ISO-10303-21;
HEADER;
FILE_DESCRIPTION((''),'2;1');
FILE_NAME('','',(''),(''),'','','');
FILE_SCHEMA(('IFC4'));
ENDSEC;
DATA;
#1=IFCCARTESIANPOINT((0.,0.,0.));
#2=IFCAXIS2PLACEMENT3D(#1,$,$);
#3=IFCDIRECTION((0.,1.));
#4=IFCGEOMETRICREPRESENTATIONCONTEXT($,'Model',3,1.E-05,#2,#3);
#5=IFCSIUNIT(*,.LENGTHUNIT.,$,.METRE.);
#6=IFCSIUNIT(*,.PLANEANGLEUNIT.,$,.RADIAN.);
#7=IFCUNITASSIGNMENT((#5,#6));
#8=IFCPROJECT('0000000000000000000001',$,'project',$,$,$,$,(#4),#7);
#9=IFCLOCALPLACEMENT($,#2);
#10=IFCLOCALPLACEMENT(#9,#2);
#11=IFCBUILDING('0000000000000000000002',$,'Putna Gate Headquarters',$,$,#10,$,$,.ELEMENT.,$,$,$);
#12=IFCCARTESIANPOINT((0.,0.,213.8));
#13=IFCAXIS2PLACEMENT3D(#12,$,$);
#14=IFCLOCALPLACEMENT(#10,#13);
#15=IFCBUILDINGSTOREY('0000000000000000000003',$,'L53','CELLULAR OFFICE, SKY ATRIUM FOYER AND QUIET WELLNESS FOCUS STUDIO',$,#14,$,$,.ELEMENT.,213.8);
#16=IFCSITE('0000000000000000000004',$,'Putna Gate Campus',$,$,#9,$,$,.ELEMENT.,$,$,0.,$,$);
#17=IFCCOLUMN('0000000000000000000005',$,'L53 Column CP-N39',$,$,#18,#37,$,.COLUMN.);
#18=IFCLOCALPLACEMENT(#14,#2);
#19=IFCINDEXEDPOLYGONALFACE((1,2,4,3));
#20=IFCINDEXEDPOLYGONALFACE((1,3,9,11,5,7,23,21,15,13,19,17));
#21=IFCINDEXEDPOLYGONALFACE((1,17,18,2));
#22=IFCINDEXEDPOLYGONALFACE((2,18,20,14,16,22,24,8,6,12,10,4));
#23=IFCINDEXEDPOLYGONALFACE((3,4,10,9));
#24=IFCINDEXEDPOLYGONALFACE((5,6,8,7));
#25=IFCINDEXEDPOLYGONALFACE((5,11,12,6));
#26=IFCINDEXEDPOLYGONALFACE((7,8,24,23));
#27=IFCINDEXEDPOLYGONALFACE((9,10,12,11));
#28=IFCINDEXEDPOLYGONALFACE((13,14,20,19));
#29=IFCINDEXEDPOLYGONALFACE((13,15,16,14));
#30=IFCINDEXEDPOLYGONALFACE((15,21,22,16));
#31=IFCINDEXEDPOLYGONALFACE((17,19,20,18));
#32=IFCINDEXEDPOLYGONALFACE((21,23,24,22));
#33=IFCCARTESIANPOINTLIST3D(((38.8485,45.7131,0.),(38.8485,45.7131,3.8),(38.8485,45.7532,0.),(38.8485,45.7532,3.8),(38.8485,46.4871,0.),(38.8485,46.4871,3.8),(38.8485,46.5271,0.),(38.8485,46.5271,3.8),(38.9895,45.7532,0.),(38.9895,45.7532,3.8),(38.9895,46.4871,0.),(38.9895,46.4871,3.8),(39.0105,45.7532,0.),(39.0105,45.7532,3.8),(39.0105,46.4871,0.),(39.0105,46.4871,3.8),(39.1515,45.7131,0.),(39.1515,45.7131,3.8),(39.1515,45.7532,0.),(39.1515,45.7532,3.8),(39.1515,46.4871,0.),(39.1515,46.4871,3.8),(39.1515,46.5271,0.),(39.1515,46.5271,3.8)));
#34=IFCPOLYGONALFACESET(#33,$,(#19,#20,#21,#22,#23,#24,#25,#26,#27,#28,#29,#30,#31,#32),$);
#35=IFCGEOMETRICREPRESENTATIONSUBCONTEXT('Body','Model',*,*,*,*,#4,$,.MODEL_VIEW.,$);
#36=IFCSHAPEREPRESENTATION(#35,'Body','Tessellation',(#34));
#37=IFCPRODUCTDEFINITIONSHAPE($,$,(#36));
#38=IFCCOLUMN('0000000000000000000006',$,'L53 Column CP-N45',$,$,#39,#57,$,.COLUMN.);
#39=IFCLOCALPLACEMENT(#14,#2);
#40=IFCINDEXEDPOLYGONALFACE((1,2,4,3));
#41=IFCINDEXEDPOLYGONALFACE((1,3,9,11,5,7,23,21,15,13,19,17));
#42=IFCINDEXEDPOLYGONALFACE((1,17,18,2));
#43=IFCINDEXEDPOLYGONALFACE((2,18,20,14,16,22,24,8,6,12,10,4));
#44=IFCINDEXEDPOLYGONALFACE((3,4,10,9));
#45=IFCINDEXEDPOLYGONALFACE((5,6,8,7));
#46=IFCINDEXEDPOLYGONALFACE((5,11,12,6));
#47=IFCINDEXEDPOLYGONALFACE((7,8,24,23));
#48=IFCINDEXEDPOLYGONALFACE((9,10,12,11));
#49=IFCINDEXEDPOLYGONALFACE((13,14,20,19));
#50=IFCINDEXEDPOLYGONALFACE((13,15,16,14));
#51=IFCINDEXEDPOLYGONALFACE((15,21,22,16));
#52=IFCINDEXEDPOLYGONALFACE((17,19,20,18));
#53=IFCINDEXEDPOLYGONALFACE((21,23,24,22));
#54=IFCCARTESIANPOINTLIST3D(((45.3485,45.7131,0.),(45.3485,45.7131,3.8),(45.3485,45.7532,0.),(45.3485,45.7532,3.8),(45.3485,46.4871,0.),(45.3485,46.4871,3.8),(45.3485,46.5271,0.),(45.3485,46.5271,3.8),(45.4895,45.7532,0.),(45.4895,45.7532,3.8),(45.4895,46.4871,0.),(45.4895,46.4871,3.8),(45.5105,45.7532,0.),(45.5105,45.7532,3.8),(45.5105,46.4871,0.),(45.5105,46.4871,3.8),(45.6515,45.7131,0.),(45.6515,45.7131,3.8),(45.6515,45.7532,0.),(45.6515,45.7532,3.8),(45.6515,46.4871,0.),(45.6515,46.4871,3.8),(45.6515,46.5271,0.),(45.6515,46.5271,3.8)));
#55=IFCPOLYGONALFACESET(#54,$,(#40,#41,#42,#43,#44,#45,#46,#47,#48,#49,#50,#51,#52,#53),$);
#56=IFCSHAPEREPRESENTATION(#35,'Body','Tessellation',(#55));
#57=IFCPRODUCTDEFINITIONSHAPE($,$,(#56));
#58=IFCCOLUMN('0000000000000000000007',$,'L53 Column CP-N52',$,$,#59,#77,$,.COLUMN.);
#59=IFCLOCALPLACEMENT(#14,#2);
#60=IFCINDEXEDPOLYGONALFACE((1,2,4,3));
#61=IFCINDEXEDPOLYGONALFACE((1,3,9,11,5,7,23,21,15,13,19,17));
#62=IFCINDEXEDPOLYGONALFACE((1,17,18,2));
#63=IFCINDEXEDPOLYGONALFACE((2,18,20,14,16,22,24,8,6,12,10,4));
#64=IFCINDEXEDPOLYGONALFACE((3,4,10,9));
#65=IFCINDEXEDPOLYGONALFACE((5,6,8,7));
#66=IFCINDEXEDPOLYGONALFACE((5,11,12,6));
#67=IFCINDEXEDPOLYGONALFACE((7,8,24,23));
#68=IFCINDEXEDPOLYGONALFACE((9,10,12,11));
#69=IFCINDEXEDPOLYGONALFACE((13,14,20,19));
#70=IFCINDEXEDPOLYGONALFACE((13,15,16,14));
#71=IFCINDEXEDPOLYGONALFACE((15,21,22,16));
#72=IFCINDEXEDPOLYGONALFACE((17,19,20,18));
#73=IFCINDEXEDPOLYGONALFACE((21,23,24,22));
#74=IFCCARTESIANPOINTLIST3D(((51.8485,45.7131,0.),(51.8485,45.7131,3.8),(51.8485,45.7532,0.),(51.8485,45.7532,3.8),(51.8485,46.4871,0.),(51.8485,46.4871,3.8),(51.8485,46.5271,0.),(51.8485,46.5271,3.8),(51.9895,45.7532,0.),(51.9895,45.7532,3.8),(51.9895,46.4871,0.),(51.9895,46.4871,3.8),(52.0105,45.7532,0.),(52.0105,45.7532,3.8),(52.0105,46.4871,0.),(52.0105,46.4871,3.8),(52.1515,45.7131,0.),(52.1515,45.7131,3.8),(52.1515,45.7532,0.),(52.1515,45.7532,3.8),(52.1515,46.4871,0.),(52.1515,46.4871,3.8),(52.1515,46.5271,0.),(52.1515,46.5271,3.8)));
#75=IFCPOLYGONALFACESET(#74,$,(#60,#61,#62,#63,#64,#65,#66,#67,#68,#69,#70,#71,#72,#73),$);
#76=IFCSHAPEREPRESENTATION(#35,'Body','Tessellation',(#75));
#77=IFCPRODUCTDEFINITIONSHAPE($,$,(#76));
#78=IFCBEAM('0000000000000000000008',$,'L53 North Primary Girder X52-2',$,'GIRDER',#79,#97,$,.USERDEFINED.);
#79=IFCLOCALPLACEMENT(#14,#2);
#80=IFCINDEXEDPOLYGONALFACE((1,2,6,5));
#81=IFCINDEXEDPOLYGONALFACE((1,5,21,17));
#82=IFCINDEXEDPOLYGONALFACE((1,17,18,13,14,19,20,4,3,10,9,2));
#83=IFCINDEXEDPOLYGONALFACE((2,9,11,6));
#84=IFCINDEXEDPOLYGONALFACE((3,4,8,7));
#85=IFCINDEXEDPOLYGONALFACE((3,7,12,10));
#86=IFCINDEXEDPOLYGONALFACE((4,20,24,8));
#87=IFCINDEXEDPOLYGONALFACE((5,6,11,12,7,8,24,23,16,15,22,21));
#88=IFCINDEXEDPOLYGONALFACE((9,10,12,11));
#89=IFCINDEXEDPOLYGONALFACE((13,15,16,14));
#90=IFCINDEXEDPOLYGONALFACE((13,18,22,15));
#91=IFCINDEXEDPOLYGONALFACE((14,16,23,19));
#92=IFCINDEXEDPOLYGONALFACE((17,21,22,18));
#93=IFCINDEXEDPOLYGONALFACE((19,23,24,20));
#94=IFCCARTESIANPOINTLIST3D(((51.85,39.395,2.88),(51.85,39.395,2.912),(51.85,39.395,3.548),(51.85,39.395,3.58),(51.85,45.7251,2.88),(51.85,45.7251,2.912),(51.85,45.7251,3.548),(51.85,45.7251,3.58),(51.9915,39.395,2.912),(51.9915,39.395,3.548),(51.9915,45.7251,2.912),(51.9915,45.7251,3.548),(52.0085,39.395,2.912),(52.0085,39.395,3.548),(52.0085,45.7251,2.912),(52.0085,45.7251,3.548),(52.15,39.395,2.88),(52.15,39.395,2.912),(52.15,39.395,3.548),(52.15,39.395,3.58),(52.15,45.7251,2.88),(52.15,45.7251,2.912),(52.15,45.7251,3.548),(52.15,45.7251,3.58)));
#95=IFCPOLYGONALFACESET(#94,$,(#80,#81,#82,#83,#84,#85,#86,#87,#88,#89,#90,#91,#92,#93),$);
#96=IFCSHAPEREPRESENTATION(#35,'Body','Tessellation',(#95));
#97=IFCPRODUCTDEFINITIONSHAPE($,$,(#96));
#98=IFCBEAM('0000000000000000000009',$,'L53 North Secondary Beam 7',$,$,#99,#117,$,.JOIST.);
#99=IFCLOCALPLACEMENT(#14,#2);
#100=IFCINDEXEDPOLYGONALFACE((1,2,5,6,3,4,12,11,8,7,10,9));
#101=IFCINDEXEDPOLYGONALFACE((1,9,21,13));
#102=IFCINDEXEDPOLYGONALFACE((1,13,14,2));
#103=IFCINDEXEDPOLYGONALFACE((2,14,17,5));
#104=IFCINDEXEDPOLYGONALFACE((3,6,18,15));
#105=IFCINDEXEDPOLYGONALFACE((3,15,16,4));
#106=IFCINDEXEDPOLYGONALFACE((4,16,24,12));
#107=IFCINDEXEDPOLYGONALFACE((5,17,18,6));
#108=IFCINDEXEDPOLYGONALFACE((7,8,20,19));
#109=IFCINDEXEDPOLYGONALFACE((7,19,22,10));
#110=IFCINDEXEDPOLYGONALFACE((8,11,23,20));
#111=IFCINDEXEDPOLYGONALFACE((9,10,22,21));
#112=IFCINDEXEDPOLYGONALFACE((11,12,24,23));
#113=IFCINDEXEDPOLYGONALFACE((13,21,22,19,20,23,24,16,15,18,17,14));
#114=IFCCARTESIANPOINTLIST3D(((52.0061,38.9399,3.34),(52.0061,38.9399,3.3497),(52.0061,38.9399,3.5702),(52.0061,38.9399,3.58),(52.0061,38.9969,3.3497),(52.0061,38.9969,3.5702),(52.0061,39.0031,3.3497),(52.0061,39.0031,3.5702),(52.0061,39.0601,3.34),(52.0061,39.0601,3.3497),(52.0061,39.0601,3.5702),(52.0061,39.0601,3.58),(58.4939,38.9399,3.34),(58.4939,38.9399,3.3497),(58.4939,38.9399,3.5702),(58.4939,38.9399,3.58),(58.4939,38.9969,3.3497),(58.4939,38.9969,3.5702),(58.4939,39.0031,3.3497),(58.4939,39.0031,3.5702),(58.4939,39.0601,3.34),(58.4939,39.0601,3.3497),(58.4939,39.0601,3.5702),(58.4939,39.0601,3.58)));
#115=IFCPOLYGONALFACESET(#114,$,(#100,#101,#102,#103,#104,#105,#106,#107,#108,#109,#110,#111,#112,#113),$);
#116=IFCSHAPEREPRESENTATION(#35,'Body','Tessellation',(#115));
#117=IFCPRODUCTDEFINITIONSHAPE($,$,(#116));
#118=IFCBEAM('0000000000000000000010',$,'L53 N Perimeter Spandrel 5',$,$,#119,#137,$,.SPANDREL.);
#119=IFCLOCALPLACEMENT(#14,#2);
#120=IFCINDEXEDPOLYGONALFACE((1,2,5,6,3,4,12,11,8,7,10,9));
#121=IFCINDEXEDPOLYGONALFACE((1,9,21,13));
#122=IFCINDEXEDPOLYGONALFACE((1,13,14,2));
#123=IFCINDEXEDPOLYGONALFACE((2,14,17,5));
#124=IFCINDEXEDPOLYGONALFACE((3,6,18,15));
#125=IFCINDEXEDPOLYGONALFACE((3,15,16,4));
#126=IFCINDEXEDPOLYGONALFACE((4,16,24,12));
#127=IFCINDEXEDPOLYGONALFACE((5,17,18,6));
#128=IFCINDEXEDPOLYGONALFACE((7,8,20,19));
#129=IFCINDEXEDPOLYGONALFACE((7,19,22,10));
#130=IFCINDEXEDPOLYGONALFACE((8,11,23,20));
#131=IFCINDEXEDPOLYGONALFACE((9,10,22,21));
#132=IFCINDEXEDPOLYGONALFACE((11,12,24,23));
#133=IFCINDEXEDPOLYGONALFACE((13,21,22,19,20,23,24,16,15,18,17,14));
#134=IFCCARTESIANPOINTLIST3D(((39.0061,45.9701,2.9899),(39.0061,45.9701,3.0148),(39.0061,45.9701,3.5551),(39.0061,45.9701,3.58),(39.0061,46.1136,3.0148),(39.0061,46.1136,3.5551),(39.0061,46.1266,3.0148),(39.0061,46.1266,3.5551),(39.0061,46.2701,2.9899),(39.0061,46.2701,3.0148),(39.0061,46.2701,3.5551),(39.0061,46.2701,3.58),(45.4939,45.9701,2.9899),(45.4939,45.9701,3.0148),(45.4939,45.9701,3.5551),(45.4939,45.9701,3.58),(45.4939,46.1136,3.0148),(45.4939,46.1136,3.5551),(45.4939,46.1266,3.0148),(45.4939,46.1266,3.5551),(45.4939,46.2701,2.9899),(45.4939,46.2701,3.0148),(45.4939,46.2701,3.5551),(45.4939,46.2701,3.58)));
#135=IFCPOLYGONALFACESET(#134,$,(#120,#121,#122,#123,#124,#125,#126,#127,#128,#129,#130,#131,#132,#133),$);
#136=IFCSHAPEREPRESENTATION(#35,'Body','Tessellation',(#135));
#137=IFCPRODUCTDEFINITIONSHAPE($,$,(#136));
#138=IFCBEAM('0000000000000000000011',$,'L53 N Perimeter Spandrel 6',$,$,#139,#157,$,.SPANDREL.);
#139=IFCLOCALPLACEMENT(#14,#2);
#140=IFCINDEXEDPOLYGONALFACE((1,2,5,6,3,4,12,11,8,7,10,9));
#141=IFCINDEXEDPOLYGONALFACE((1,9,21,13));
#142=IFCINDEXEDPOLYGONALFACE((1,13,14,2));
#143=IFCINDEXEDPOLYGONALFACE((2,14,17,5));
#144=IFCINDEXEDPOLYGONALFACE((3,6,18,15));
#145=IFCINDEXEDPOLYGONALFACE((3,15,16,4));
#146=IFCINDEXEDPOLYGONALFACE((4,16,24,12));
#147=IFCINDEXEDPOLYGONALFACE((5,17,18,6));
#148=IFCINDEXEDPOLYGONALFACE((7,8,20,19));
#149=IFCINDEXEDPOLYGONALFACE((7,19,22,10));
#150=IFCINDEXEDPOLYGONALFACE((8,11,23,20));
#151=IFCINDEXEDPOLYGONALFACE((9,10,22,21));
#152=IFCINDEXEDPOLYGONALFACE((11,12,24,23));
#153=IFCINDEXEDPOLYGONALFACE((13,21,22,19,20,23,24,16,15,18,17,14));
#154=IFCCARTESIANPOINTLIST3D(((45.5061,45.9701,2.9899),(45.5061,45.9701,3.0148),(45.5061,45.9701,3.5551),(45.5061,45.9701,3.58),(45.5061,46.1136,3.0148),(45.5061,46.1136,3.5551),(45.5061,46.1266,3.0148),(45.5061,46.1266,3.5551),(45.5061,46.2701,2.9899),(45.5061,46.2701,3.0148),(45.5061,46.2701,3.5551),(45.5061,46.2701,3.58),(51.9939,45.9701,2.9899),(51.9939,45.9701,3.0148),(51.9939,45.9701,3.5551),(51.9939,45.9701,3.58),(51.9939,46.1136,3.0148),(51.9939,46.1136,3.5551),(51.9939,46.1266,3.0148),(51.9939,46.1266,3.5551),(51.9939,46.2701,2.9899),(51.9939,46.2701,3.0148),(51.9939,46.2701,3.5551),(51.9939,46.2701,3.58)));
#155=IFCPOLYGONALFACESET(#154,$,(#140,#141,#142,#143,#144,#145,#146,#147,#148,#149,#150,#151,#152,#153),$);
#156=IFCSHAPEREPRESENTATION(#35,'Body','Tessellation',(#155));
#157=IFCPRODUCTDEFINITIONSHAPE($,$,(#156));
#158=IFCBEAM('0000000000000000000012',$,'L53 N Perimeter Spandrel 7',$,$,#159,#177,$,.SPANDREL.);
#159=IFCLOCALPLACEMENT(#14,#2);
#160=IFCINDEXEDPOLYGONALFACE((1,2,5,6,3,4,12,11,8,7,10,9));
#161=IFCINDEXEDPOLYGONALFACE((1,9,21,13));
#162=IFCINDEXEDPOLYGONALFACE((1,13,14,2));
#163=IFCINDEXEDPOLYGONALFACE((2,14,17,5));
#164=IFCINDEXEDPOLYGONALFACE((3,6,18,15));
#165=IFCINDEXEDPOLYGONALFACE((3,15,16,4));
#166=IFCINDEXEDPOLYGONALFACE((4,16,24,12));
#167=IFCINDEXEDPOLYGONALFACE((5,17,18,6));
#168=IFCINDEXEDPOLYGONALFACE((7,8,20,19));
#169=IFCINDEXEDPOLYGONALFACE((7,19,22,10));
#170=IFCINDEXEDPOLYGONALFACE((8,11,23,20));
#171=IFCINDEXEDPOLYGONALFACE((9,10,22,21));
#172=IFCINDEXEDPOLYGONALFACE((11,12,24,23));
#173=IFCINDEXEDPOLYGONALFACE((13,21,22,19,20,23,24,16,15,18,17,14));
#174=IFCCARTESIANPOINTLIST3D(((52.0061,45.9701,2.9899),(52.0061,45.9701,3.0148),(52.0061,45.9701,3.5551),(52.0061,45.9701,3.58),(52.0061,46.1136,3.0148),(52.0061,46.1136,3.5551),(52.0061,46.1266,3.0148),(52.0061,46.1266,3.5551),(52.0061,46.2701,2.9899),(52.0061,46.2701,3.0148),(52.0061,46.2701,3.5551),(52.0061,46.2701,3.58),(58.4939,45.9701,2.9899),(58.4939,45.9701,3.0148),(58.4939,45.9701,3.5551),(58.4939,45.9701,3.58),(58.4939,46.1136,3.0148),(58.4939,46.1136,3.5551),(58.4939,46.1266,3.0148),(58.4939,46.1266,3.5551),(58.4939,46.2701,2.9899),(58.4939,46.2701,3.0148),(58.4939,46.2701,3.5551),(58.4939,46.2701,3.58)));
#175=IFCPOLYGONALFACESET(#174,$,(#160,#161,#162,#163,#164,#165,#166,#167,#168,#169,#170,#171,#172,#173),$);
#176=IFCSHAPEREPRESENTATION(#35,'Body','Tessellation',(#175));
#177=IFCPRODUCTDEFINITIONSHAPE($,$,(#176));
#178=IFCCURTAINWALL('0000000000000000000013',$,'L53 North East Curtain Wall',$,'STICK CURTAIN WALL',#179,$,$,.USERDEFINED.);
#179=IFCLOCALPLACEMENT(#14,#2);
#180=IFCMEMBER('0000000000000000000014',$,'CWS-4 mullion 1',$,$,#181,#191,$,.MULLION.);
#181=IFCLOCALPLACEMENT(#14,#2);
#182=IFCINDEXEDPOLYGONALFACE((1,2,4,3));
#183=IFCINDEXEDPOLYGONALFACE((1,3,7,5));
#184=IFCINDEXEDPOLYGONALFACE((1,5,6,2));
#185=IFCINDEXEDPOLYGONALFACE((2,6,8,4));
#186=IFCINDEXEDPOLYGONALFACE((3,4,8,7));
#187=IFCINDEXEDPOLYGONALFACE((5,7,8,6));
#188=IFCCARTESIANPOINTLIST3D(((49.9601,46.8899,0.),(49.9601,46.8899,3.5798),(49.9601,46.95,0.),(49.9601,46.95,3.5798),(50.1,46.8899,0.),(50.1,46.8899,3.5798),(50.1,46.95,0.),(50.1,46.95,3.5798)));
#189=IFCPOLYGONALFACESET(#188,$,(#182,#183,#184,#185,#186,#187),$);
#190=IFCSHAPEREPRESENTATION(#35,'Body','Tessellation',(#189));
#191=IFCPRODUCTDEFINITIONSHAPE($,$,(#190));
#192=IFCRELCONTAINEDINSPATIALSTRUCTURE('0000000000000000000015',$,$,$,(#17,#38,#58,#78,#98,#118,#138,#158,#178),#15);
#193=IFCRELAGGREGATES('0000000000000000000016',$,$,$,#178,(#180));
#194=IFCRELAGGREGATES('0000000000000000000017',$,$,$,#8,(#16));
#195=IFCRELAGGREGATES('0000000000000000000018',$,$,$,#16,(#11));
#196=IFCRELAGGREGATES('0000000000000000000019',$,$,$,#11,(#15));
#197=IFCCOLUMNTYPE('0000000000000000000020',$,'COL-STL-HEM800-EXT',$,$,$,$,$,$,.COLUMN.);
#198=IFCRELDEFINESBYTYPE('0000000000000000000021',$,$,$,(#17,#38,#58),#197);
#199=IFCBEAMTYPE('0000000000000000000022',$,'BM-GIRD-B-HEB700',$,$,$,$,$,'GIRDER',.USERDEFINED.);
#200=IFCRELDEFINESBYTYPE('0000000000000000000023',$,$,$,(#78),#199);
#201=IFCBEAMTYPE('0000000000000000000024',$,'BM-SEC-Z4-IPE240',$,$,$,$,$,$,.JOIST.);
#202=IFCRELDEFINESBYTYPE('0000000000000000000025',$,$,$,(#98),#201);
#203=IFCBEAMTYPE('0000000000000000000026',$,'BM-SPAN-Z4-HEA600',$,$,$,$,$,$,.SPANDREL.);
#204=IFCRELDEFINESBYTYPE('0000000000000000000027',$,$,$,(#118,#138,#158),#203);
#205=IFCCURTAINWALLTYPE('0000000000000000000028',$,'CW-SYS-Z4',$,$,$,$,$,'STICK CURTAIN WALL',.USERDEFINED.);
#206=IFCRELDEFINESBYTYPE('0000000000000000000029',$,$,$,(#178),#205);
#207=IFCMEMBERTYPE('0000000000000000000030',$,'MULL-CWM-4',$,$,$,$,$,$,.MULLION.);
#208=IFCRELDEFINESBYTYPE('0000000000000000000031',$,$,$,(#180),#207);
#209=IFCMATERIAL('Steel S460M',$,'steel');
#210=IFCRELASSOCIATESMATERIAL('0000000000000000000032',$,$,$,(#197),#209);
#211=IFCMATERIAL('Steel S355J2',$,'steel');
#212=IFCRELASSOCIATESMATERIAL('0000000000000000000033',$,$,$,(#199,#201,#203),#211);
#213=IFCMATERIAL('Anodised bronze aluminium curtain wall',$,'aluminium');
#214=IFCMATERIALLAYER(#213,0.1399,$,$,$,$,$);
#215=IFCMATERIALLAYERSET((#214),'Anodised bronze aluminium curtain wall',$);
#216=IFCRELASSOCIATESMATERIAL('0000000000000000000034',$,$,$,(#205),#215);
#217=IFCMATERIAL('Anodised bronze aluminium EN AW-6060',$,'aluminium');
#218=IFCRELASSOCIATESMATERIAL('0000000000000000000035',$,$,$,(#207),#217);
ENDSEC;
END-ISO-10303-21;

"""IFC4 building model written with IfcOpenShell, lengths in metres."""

from ifc_helpers import new_model, si_unit, direction, frame, origin, origin_2d, place, context, subcontext, project, spatial, rectangle, i_section, extrude, material, layer, layer_set, material_profile, profile_set, type_object, element, aggregate, save


model = new_model("IFC4")

# Units and contexts
model_context = context("Model", 3, precision=1e-05, world=origin(), true_north=direction((0.0, 1.0)))
body_context = subcontext(model_context, "Body", "Model", "MODEL_VIEW")
ifc_project = project(units=[si_unit("LENGTHUNIT", "METRE"), si_unit("PLANEANGLEUNIT", "RADIAN")], contexts=[model_context])

# Site, building, storey
site_placement = place(None, origin())
site = spatial("IfcSite", under=ifc_project, at=site_placement, Name="Putna Gate Campus", CompositionType="ELEMENT", RefElevation=0.0)
building_placement = place(site_placement, origin())
building = spatial("IfcBuilding", under=site, at=building_placement, Name="Putna Gate Headquarters", CompositionType="ELEMENT")
storey_placement = place(building_placement, frame((0.0, 0.0, 213.8)))
storey = spatial("IfcBuildingStorey", under=building, at=storey_placement, Name="L53", Description="CELLULAR OFFICE, SKY ATRIUM FOYER AND QUIET WELLNESS FOCUS STUDIO", CompositionType="ELEMENT", Elevation=213.8)

# Columns
ifc_material_1 = material(Name="Steel S460M", Category="steel")
ifc_material_profile_1 = material_profile(ifc_material_1, i_section(OverallWidth=0.303, OverallDepth=0.814, WebThickness=0.021, FlangeThickness=0.04, at=origin_2d()), Name="Steel S460M")
ifc_profile_set_1 = profile_set([ifc_material_profile_1], Name="Steel S460M")
column_type = type_object("IfcColumnType", Name="COL-STL-HEM800-EXT", PredefinedType="COLUMN", material=ifc_profile_set_1)
for number, where, z_axis, x_axis, name in (
    (1, (39.0, 46.1201, 0.0), (0.0, 0.0, 1.0), (1.0, 0.0, 0.0), "L53 Column CP-N39"),
    (2, (45.5, 46.1201, 0.0), (0.0, 0.0, 1.0), (1.0, 0.0, 0.0), "L53 Column CP-N45"),
    (3, (52.0, 46.1201, 0.0), (0.0, 0.0, 1.0), (1.0, 0.0, 0.0), "L53 Column CP-N52"),
):
    element("IfcColumn", number, at=place(storey_placement, frame(where, z_axis=z_axis, x_axis=x_axis)), inside=storey, type_object=column_type, Name=name, PredefinedType="COLUMN", context=body_context, shape_type="SweptSolid", body=[
        extrude(i_section(OverallWidth=0.303, OverallDepth=0.814, WebThickness=0.021, FlangeThickness=0.04, at=origin_2d()), origin(), (0.0, 0.0, 1.0), 3.8),
    ])

# Beams
ifc_material_2 = material(Name="Steel S355J2", Category="steel")
ifc_material_profile_2 = material_profile(ifc_material_2, i_section(OverallWidth=0.3, OverallDepth=0.7, WebThickness=0.0171, FlangeThickness=0.032, at=origin_2d()), Name="Steel S355J2")
ifc_profile_set_2 = profile_set([ifc_material_profile_2], Name="Steel S355J2")
beam_type_1 = type_object("IfcBeamType", Name="BM-GIRD-B-HEB700", ElementType="GIRDER", PredefinedType="USERDEFINED", material=ifc_profile_set_2)
beam_1_placement = place(storey_placement, frame((52.0, 39.395, 3.23), z_axis=(0.0, 1.0, 0.0), x_axis=(-1.0, 0.0, 0.0)))
element("IfcBeam", 4, at=beam_1_placement, inside=storey, type_object=beam_type_1, Name="L53 North Primary Girder X52-2", ObjectType="GIRDER", PredefinedType="USERDEFINED", context=body_context, shape_type="SweptSolid", body=[
    extrude(i_section(OverallWidth=0.3, OverallDepth=0.7, WebThickness=0.0171, FlangeThickness=0.032, at=origin_2d()), origin(), (0.0, 0.0, 1.0), 6.3301),
])
ifc_material_profile_3 = material_profile(ifc_material_2, i_section(OverallWidth=0.1201, OverallDepth=0.24, WebThickness=0.0061, FlangeThickness=0.0098, at=origin_2d()), Name="Steel S355J2")
ifc_profile_set_3 = profile_set([ifc_material_profile_3], Name="Steel S355J2")
beam_type_2 = type_object("IfcBeamType", Name="BM-SEC-Z4-IPE240", PredefinedType="JOIST", material=ifc_profile_set_3)
beam_2_placement = place(storey_placement, frame((52.0061, 39.0, 3.46), z_axis=(1.0, 0.0, 0.0), x_axis=(0.0, 1.0, 0.0)))
element("IfcBeam", 5, at=beam_2_placement, inside=storey, type_object=beam_type_2, Name="L53 North Secondary Beam 7", PredefinedType="JOIST", context=body_context, shape_type="SweptSolid", body=[
    extrude(i_section(OverallWidth=0.1201, OverallDepth=0.24, WebThickness=0.0061, FlangeThickness=0.0098, at=origin_2d()), origin(), (0.0, 0.0, 1.0), 6.4878),
])
ifc_material_profile_4 = material_profile(ifc_material_2, i_section(OverallWidth=0.3, OverallDepth=0.5901, WebThickness=0.0129, FlangeThickness=0.0249, at=origin_2d()), Name="Steel S355J2")
ifc_profile_set_4 = profile_set([ifc_material_profile_4], Name="Steel S355J2")
beam_type_3 = type_object("IfcBeamType", Name="BM-SPAN-Z4-HEA600", PredefinedType="SPANDREL", material=ifc_profile_set_4)
for number, where, z_axis, x_axis, name in (
    (6, (39.0061, 46.1201, 3.2849), (1.0, 0.0, 0.0), (0.0, 1.0, 0.0), "L53 N Perimeter Spandrel 5"),
    (7, (45.5061, 46.1201, 3.2849), (1.0, 0.0, 0.0), (0.0, 1.0, 0.0), "L53 N Perimeter Spandrel 6"),
    (8, (52.0061, 46.1201, 3.2849), (1.0, 0.0, 0.0), (0.0, 1.0, 0.0), "L53 N Perimeter Spandrel 7"),
):
    element("IfcBeam", number, at=place(storey_placement, frame(where, z_axis=z_axis, x_axis=x_axis)), inside=storey, type_object=beam_type_3, Name=name, PredefinedType="SPANDREL", context=body_context, shape_type="SweptSolid", body=[
        extrude(i_section(OverallWidth=0.3, OverallDepth=0.5901, WebThickness=0.0129, FlangeThickness=0.0249, at=origin_2d()), origin(), (0.0, 0.0, 1.0), 6.4878),
    ])

# Curtain wall, member
ifc_material_3 = material(Name="Anodised bronze aluminium curtain wall", Category="aluminium")
ifc_layer_1 = layer(ifc_material_3, 0.1399)
ifc_layer_set_1 = layer_set([ifc_layer_1], Name="Anodised bronze aluminium curtain wall")
curtain_wall_type_1 = type_object("IfcCurtainWallType", Name="CW-SYS-Z4", ElementType="STICK CURTAIN WALL", PredefinedType="USERDEFINED", material=ifc_layer_set_1)
curtain_wall_1_placement = place(storey_placement, origin())
curtain_wall_1 = element("IfcCurtainWall", 9, at=curtain_wall_1_placement, inside=storey, type_object=curtain_wall_type_1, Name="L53 North East Curtain Wall", ObjectType="STICK CURTAIN WALL", PredefinedType="USERDEFINED")
ifc_material_4 = material(Name="Anodised bronze aluminium EN AW-6060", Category="aluminium")
ifc_material_profile_5 = material_profile(ifc_material_4, rectangle(XDim=0.0601, YDim=0.1399, at=origin_2d()), Name="Anodised bronze aluminium EN AW-6060")
ifc_profile_set_5 = profile_set([ifc_material_profile_5], Name="Anodised bronze aluminium EN AW-6060")
member_type_1 = type_object("IfcMemberType", Name="MULL-CWM-4", PredefinedType="MULLION", material=ifc_profile_set_5)
member_1_placement = place(storey_placement, frame((50.03, 46.9199, 0.0), z_axis=(0.0, 0.0, 1.0), x_axis=(0.0, 1.0, 0.0)))
member_1 = element("IfcMember", 10, at=member_1_placement, type_object=member_type_1, Name="CWS-4 mullion 1", PredefinedType="MULLION", context=body_context, shape_type="SweptSolid", body=[
    extrude(rectangle(XDim=0.0601, YDim=0.1399, at=origin_2d()), origin(), (0.0, 0.0, 1.0), 3.5798),
])

aggregate(curtain_wall_1, [member_1])

save(model, "model.ifc")
